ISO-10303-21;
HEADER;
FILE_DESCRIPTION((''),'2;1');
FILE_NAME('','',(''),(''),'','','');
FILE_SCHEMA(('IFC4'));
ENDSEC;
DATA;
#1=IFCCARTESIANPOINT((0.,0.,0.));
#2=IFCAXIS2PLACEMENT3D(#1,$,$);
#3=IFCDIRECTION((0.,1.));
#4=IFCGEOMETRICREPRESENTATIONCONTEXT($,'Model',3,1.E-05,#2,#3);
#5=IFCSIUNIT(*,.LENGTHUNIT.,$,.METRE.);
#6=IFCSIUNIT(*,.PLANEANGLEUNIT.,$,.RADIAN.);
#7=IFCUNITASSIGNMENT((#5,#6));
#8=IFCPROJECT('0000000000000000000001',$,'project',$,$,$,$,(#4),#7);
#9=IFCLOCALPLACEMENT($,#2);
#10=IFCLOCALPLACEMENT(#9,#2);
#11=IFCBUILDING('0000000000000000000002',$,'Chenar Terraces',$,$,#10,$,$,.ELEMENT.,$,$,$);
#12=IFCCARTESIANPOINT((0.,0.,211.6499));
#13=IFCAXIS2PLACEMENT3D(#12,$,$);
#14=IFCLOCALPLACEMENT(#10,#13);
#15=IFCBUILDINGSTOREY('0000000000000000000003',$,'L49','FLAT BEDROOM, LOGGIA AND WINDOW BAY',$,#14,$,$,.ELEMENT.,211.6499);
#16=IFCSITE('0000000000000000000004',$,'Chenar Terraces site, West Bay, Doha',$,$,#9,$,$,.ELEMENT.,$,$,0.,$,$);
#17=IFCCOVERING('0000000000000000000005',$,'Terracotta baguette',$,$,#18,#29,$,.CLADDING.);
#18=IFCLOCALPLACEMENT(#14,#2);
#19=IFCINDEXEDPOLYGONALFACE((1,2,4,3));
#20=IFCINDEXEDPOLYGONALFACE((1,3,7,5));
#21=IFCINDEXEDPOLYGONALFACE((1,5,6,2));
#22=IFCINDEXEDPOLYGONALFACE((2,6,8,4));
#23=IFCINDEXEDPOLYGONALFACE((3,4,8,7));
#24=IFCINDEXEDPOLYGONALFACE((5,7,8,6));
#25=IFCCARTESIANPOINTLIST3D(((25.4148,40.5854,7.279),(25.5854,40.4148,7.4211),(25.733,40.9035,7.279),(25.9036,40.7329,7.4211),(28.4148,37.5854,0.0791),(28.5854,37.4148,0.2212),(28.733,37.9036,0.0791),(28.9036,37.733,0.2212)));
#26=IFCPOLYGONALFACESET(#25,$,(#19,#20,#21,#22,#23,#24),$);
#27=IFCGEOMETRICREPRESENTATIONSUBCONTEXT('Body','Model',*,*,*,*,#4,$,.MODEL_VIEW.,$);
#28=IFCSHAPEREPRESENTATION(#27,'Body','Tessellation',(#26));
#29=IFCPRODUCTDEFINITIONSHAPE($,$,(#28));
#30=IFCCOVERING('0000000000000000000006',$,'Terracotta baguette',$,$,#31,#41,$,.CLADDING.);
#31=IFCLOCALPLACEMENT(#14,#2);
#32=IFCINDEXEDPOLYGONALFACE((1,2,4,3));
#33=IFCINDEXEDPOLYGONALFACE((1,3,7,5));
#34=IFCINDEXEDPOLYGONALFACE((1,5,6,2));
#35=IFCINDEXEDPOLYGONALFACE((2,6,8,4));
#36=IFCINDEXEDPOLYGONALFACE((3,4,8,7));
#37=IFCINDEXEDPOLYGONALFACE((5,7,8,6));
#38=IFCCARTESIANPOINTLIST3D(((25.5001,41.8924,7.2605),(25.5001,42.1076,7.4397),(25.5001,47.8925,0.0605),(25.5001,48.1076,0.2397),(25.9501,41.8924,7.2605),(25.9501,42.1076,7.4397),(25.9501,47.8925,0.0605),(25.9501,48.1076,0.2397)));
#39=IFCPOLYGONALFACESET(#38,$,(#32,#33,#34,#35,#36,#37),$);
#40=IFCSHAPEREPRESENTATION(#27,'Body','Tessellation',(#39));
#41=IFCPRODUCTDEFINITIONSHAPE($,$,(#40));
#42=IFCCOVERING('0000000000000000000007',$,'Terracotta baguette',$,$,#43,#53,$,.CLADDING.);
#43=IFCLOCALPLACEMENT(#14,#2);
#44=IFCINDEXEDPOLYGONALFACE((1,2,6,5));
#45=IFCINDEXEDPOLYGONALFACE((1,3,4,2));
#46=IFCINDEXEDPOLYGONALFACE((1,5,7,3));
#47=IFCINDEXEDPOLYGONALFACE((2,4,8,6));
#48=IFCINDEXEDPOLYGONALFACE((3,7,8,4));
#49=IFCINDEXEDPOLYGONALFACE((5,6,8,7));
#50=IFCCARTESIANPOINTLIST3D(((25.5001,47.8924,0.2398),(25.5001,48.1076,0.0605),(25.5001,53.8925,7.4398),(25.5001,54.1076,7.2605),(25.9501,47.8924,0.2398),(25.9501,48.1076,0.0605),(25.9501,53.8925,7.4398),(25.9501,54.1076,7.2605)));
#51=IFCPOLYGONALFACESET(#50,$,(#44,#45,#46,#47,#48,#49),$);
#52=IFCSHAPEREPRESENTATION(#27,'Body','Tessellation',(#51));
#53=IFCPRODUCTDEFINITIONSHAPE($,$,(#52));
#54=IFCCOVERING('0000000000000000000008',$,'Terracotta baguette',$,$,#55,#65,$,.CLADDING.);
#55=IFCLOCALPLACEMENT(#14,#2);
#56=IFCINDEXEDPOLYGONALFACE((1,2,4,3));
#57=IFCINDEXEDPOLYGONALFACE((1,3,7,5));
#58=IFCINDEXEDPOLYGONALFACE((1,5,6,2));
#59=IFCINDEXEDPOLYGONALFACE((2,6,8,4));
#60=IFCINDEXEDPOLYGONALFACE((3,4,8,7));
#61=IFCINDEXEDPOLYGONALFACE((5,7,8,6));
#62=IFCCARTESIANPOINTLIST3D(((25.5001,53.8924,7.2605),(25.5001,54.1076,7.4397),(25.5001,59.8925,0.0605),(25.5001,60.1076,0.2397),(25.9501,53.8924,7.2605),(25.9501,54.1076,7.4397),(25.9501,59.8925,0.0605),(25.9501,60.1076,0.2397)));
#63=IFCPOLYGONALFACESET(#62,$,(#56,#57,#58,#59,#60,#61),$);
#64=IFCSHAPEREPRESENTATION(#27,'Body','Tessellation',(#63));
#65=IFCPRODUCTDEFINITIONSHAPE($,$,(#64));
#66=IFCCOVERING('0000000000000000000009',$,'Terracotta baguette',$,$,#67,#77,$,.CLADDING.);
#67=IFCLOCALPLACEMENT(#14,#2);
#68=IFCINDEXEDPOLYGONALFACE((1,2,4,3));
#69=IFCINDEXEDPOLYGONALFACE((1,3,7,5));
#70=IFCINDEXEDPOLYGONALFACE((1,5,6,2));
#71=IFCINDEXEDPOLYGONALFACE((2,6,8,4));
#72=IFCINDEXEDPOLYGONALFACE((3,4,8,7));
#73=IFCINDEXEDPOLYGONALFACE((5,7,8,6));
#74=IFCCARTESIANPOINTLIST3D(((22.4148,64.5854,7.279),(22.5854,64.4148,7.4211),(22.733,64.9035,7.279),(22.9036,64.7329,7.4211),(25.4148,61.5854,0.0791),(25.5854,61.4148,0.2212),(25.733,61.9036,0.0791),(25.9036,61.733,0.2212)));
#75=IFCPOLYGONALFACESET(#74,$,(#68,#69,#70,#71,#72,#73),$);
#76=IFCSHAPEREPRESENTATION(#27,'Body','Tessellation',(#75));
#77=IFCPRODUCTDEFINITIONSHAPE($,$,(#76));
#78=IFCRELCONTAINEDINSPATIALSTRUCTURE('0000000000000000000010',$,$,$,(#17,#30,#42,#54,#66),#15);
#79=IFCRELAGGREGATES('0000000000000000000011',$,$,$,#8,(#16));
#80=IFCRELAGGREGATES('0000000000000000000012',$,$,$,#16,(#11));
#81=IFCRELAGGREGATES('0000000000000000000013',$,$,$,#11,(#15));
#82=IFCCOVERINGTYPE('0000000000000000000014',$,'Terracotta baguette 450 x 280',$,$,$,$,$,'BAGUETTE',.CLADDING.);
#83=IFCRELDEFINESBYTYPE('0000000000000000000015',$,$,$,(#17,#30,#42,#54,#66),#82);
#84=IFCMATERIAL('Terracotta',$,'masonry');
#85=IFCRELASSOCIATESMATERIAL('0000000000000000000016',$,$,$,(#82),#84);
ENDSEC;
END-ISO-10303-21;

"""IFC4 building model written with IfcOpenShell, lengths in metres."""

from ifc_helpers import new_model, si_unit, direction, frame, origin, origin_2d, place, context, subcontext, project, spatial, rectangle, extrude, material, material_profile, profile_set, type_object, element, save


model = new_model("IFC4")

# Units and contexts
model_context = context("Model", 3, precision=1e-05, world=origin(), true_north=direction((0.0, 1.0)))
body_context = subcontext(model_context, "Body", "Model", "MODEL_VIEW")
ifc_project = project(units=[si_unit("LENGTHUNIT", "METRE"), si_unit("PLANEANGLEUNIT", "RADIAN")], contexts=[model_context])

# Site, building, storey
site_placement = place(None, origin())
site = spatial("IfcSite", under=ifc_project, at=site_placement, Name="Chenar Terraces site, West Bay, Doha", CompositionType="ELEMENT", RefElevation=0.0)
building_placement = place(site_placement, origin())
building = spatial("IfcBuilding", under=site, at=building_placement, Name="Chenar Terraces", CompositionType="ELEMENT")
storey_placement = place(building_placement, frame((0.0, 0.0, 211.6499)))
storey = spatial("IfcBuildingStorey", under=building, at=storey_placement, Name="L49", Description="FLAT BEDROOM, LOGGIA AND WINDOW BAY", CompositionType="ELEMENT", Elevation=211.6499)

# Coverings
ifc_material_1 = material(Name="Terracotta", Category="masonry")
ifc_material_profile_1 = material_profile(ifc_material_1, rectangle(XDim=0.45, YDim=0.28, at=origin_2d()), Name="Terracotta baguette 450 x 280")
ifc_profile_set_1 = profile_set([ifc_material_profile_1], Name="Terracotta")
covering_type = type_object("IfcCoveringType", Name="Terracotta baguette 450 x 280", ElementType="BAGUETTE", PredefinedType="CLADDING", material=ifc_profile_set_1)
covering_1_placement = place(storey_placement, frame((28.6592, 37.6592, 0.1501), z_axis=(-0.358981, 0.358981, 0.861548), x_axis=(-0.707107, -0.707107, 0.0)))
element("IfcCovering", 1, at=covering_1_placement, inside=storey, type_object=covering_type, Name="Terracotta baguette", PredefinedType="CLADDING", context=body_context, shape_type="SweptSolid", body=[
    extrude(rectangle(XDim=0.45, YDim=0.28, at=origin_2d()), origin(), (0.0, 0.0, 1.0), 8.3569),
])
for number, where, z_axis, x_axis, name in (
    (2, (25.7251, 42.0, 7.3501), (0.0, 0.640187, -0.768219), (-1.0, 0.0, 0.0), "Terracotta baguette"),
    (3, (25.7251, 48.0, 0.1501), (0.0, 0.640187, 0.768219), (-1.0, 0.0, 0.0), "Terracotta baguette"),
    (4, (25.7251, 54.0, 7.3501), (0.0, 0.640187, -0.768219), (-1.0, 0.0, 0.0), "Terracotta baguette"),
):
    element("IfcCovering", number, at=place(storey_placement, frame(where, z_axis=z_axis, x_axis=x_axis)), inside=storey, type_object=covering_type, Name=name, PredefinedType="CLADDING", context=body_context, shape_type="SweptSolid", body=[
        extrude(rectangle(XDim=0.45, YDim=0.28, at=origin_2d()), origin(), (0.0, 0.0, 1.0), 9.3723),
    ])
covering_2_placement = place(storey_placement, frame((25.6592, 61.6592, 0.1501), z_axis=(-0.358981, 0.358981, 0.861548), x_axis=(-0.707107, -0.707107, 0.0)))
element("IfcCovering", 5, at=covering_2_placement, inside=storey, type_object=covering_type, Name="Terracotta baguette", PredefinedType="CLADDING", context=body_context, shape_type="SweptSolid", body=[
    extrude(rectangle(XDim=0.45, YDim=0.28, at=origin_2d()), origin(), (0.0, 0.0, 1.0), 8.3569),
])

save(model, "model.ifc")
